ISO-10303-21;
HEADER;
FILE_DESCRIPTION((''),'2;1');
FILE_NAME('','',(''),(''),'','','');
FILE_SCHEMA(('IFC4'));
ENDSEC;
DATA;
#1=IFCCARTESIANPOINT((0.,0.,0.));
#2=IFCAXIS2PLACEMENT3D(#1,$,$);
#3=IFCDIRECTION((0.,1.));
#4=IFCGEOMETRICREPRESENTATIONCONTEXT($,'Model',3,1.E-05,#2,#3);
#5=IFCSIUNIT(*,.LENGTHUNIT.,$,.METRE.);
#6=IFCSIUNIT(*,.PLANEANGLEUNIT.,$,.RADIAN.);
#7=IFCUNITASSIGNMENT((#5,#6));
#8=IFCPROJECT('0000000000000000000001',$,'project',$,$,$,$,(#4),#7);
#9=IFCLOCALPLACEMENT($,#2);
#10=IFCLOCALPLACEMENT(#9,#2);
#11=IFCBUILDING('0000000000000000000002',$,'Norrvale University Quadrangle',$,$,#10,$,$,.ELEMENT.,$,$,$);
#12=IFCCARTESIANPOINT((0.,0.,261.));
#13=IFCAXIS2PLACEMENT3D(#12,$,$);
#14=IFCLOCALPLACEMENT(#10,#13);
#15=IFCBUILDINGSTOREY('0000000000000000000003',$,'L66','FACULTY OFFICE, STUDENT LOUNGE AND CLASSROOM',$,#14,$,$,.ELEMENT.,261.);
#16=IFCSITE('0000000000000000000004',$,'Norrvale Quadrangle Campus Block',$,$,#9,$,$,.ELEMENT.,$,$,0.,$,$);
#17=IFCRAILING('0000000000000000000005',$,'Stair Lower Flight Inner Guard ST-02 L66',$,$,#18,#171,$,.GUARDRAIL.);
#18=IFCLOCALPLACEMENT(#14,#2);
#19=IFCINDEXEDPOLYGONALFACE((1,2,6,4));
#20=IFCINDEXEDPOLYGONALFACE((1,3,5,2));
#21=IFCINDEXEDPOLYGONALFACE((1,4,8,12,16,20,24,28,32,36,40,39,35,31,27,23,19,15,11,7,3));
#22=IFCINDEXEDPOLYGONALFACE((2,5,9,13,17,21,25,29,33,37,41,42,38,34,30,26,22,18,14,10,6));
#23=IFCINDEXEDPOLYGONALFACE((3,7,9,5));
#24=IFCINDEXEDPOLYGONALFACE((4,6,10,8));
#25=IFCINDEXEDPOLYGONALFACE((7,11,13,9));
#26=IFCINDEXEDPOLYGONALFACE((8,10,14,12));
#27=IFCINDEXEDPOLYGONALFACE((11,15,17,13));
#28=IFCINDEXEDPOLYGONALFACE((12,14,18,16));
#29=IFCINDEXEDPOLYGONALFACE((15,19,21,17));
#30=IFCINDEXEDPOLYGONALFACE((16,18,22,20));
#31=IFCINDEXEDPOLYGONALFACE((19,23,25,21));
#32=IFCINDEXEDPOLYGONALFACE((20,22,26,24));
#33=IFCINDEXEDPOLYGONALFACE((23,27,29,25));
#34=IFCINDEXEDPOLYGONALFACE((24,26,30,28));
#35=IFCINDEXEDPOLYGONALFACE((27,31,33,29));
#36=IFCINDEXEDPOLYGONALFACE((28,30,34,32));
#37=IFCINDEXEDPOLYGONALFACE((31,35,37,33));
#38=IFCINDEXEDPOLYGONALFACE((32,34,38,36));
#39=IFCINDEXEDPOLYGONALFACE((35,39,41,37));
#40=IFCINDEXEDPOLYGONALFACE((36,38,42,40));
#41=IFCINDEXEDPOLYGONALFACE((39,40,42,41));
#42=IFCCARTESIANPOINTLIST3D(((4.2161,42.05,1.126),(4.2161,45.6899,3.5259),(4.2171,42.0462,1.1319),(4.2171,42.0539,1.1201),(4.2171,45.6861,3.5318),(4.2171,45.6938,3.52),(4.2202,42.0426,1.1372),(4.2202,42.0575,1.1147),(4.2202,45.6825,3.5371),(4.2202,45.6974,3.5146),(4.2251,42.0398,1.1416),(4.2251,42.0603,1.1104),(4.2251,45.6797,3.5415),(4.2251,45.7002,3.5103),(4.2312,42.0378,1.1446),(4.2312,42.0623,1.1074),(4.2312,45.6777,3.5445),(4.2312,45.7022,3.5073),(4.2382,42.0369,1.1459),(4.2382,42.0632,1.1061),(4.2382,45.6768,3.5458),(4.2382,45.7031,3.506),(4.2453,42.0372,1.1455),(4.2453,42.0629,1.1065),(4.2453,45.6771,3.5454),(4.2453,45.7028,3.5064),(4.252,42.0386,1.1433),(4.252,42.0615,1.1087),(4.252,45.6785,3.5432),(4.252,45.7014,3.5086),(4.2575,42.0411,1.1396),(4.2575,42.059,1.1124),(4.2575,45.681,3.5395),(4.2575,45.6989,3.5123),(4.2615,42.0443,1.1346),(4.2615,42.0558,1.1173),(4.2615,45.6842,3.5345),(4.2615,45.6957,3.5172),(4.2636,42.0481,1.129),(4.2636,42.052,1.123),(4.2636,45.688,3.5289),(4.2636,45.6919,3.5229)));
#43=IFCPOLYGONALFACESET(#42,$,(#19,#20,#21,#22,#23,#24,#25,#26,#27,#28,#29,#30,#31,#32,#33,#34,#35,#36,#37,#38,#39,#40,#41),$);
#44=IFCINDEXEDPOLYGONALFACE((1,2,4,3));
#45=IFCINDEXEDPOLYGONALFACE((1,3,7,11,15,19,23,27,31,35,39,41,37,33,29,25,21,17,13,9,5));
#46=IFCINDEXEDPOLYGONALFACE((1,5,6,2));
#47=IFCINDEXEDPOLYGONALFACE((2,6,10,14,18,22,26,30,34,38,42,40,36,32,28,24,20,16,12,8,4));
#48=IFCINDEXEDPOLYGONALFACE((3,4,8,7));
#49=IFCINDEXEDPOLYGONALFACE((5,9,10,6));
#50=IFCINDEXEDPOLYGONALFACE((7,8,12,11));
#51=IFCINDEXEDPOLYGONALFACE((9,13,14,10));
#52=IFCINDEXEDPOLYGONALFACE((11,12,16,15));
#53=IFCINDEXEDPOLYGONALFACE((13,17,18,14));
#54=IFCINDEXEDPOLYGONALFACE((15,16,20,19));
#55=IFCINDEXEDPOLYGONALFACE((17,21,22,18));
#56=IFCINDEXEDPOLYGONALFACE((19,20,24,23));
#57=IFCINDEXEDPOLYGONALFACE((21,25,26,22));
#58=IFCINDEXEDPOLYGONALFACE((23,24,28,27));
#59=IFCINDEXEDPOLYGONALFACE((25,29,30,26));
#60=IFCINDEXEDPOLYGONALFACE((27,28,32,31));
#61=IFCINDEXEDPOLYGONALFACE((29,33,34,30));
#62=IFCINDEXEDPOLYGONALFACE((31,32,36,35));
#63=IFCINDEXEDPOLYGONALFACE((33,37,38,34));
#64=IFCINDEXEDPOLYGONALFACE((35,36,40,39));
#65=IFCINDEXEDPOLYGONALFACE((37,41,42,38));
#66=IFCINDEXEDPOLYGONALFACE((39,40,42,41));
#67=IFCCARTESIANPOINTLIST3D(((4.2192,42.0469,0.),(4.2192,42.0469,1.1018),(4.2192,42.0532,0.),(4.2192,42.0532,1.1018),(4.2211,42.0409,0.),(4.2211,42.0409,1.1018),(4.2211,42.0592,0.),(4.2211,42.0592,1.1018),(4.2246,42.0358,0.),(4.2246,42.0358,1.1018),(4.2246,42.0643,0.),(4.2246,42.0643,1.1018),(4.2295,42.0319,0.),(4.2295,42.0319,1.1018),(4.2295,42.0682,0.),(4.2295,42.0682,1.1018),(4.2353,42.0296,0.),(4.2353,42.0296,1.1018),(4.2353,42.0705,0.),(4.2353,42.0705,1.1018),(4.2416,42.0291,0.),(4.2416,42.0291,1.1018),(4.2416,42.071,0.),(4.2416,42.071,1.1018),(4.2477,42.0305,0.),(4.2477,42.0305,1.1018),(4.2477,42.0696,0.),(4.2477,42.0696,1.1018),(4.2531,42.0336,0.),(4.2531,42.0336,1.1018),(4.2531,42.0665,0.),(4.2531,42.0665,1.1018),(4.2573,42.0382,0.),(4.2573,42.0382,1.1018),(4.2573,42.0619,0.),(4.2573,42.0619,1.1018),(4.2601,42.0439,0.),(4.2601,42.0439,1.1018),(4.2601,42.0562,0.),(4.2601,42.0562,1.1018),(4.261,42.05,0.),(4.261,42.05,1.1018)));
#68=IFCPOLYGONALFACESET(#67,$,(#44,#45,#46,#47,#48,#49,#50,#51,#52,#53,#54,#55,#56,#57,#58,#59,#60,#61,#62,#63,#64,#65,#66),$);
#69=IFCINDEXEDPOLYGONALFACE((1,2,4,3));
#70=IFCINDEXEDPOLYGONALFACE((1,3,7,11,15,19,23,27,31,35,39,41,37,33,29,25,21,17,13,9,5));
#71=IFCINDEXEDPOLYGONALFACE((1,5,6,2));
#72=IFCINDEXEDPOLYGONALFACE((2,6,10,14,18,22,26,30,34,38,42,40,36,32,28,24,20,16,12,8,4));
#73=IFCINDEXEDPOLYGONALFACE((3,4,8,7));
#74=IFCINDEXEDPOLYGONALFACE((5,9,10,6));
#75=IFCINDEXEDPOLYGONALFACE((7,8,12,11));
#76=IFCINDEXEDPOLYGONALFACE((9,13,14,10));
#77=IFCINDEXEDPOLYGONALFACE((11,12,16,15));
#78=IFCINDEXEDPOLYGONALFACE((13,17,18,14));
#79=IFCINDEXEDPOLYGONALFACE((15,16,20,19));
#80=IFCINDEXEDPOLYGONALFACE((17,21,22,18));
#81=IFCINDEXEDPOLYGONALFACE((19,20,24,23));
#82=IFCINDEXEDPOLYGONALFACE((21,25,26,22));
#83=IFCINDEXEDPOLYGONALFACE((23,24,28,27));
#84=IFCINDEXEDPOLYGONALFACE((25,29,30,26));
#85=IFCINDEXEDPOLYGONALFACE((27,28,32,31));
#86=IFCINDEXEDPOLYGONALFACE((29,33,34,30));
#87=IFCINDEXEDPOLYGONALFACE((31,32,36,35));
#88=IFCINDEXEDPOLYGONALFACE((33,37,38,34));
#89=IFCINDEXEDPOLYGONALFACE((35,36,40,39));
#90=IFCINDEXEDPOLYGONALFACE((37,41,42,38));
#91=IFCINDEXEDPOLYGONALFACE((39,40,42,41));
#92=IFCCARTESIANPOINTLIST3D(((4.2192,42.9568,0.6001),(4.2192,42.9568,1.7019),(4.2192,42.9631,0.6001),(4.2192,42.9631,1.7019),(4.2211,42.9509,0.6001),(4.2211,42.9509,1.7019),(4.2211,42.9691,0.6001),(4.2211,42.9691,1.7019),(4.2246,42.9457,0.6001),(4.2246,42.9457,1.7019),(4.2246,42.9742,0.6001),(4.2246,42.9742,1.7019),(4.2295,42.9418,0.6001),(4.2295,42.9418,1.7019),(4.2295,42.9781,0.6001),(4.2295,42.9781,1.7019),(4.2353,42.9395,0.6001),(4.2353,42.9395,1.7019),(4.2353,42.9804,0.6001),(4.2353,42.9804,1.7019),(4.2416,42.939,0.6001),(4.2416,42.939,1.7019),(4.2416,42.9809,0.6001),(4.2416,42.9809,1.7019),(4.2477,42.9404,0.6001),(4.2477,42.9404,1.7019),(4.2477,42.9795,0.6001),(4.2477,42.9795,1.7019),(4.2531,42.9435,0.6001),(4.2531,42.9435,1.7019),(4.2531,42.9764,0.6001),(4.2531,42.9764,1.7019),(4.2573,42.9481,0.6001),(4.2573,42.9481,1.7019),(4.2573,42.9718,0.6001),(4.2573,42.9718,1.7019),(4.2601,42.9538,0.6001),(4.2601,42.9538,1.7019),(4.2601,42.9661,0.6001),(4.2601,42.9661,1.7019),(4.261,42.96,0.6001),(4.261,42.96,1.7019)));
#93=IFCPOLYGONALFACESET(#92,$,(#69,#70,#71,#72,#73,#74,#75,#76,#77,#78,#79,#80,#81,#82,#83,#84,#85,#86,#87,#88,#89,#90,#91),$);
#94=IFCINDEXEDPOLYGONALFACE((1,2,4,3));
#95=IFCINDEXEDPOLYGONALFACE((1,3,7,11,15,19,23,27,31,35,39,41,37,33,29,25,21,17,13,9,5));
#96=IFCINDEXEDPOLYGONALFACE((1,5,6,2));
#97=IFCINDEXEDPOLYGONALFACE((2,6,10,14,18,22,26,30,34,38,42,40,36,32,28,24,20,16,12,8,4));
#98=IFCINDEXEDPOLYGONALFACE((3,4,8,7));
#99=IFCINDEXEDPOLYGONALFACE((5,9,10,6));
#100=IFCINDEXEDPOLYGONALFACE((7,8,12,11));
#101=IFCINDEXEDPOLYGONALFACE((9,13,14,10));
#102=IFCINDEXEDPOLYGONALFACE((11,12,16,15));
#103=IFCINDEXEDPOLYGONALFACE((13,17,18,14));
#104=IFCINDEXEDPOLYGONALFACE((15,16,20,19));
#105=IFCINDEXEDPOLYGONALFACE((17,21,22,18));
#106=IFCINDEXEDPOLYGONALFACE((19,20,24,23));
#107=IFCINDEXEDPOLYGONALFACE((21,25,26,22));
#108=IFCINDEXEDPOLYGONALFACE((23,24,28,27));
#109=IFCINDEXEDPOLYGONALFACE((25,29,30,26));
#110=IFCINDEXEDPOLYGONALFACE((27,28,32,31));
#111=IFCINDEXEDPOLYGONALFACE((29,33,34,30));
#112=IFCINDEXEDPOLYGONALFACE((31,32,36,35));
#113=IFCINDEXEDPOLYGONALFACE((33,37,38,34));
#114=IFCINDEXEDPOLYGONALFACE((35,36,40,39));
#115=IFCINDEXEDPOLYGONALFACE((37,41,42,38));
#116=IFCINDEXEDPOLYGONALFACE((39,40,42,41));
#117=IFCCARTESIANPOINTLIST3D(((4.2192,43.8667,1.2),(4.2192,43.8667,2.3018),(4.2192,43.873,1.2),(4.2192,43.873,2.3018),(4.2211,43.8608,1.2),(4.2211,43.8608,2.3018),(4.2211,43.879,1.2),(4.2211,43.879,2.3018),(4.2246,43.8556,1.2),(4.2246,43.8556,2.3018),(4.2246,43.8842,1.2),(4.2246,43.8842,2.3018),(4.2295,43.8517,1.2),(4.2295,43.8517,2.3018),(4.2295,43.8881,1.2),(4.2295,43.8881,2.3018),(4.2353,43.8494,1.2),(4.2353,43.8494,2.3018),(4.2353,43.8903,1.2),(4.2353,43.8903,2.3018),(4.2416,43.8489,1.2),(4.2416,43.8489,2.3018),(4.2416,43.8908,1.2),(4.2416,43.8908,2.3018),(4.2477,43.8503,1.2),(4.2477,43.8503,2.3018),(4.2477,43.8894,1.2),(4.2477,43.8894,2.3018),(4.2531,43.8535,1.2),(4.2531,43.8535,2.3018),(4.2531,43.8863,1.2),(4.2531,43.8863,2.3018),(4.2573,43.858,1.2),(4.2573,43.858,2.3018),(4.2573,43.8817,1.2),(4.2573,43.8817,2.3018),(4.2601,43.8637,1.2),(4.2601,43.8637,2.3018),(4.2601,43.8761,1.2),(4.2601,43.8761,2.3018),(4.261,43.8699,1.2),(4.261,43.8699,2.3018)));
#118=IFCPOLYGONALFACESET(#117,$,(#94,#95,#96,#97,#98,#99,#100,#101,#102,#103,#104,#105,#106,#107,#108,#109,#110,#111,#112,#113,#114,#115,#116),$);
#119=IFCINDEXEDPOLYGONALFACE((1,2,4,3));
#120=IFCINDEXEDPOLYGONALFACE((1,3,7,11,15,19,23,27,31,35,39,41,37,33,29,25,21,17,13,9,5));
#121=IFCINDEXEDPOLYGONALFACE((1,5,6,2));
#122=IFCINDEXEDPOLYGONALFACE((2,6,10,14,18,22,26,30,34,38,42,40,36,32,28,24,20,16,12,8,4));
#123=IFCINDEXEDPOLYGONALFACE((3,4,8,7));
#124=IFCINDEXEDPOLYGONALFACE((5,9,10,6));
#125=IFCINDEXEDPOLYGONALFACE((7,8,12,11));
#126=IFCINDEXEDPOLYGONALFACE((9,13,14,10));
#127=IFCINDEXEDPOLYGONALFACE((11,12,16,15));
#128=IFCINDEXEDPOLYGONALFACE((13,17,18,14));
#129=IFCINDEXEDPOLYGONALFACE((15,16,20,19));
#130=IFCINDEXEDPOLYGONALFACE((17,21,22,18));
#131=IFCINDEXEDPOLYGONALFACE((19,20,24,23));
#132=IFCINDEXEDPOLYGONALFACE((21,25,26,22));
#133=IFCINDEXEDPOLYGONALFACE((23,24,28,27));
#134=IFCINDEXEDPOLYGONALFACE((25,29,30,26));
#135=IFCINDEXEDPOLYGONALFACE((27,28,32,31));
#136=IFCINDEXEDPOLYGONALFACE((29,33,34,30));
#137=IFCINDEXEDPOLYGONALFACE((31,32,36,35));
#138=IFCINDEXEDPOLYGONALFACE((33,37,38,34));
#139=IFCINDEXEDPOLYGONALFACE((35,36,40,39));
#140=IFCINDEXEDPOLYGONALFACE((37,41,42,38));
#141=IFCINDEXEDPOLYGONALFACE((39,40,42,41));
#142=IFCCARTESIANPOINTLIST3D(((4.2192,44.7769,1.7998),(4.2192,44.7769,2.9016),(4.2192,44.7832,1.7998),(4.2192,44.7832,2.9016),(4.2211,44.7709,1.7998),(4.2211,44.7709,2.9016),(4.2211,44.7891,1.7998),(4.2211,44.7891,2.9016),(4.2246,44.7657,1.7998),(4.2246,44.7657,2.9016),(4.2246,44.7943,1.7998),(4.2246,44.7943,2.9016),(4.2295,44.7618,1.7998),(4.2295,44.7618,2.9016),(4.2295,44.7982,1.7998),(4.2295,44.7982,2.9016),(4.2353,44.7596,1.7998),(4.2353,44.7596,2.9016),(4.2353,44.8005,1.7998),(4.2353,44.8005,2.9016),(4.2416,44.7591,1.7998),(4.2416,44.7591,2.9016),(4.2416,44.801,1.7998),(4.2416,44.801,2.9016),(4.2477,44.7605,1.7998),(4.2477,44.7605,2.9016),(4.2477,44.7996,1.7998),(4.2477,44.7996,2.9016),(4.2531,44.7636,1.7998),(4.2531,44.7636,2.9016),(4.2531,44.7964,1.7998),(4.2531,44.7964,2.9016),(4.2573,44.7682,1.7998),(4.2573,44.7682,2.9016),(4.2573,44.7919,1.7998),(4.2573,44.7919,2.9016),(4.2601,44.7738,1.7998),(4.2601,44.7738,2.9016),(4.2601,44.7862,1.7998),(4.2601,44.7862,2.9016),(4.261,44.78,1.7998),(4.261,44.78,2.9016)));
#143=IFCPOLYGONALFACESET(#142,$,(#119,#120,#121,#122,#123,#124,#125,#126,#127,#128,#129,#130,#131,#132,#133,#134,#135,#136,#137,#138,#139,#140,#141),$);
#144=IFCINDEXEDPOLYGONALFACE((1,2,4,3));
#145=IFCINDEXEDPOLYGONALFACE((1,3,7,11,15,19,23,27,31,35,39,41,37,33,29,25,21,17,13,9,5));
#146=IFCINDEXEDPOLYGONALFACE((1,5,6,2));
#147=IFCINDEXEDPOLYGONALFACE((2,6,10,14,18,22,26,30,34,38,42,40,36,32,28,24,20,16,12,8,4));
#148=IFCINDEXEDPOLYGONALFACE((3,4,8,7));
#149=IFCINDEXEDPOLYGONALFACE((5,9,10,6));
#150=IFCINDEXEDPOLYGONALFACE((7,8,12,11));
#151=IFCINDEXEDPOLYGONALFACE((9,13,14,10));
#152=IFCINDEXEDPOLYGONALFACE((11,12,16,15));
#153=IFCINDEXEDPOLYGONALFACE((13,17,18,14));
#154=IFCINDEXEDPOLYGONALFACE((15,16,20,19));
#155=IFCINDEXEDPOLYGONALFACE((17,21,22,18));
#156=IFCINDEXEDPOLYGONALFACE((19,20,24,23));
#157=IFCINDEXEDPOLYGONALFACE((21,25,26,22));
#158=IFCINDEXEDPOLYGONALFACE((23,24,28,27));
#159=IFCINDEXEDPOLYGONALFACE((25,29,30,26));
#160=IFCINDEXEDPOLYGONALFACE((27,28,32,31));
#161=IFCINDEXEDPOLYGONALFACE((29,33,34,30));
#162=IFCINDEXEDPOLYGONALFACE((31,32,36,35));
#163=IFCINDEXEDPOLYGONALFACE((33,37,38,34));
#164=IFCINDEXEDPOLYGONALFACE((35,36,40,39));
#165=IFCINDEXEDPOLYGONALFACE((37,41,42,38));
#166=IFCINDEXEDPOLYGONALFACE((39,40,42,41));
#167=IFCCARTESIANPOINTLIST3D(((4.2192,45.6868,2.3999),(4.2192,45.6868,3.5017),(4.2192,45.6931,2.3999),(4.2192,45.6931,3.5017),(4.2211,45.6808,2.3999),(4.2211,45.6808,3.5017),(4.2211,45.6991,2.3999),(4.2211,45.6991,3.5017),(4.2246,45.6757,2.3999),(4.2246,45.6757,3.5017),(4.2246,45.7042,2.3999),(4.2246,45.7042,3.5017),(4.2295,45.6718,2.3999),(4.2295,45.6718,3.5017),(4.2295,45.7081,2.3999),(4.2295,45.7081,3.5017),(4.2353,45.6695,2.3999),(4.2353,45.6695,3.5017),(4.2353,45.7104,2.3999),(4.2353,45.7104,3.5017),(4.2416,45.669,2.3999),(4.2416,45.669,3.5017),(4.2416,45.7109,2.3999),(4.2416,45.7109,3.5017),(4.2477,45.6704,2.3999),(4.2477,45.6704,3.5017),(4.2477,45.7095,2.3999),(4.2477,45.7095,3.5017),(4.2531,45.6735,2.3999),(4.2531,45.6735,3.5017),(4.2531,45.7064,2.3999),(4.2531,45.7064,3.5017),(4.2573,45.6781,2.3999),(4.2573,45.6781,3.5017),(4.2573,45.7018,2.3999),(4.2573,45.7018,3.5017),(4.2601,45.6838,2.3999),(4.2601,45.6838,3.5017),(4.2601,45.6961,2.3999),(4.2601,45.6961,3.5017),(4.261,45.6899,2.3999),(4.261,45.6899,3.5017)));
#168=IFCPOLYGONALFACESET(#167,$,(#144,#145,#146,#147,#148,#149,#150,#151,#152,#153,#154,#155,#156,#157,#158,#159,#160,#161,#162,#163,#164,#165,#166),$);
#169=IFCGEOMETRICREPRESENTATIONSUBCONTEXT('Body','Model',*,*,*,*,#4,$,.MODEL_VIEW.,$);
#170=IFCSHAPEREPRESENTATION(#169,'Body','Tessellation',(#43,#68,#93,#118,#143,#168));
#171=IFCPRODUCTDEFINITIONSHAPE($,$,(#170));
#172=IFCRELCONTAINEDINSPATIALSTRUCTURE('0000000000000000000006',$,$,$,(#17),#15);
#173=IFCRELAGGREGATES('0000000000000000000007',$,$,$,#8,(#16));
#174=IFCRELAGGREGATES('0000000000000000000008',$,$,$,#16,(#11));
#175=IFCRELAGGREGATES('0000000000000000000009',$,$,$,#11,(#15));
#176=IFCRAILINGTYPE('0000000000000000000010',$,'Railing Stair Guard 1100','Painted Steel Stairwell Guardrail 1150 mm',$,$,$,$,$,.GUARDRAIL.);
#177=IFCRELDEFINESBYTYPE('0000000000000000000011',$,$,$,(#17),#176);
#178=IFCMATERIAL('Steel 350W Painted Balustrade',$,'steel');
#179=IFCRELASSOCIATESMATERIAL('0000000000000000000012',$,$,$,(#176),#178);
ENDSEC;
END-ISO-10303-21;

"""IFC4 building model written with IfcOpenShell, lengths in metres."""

from ifc_helpers import new_model, si_unit, direction, frame, origin, origin_2d, place, context, subcontext, project, spatial, circle, extrude, material, type_object, element, save


model = new_model("IFC4")

# Units and contexts
model_context = context("Model", 3, precision=1e-05, world=origin(), true_north=direction((0.0, 1.0)))
body_context = subcontext(model_context, "Body", "Model", "MODEL_VIEW")
ifc_project = project(units=[si_unit("LENGTHUNIT", "METRE"), si_unit("PLANEANGLEUNIT", "RADIAN")], contexts=[model_context])

# Site, building, storey
site_placement = place(None, origin())
site = spatial("IfcSite", under=ifc_project, at=site_placement, Name="Norrvale Quadrangle Campus Block", CompositionType="ELEMENT", RefElevation=0.0)
building_placement = place(site_placement, origin())
building = spatial("IfcBuilding", under=site, at=building_placement, Name="Norrvale University Quadrangle", CompositionType="ELEMENT")
storey_placement = place(building_placement, frame((0.0, 0.0, 261.0)))
storey = spatial("IfcBuildingStorey", under=building, at=storey_placement, Name="L66", Description="FACULTY OFFICE, STUDENT LOUNGE AND CLASSROOM", CompositionType="ELEMENT", Elevation=261.0)

# Railing
ifc_material_1 = material(Name="Steel 350W Painted Balustrade", Category="steel")
railing_type_1 = type_object("IfcRailingType", Name="Railing Stair Guard 1100", Description="Painted Steel Stairwell Guardrail 1150 mm", PredefinedType="GUARDRAIL", material=ifc_material_1)
railing_1_placement = place(storey_placement, frame((4.24, 42.05, 0.0)))
element("IfcRailing", 1, at=railing_1_placement, inside=storey, type_object=railing_type_1, Name="Stair Lower Flight Inner Guard ST-02 L66", PredefinedType="GUARDRAIL", context=body_context, shape_type="SweptSolid", body=[
    extrude(circle(Radius=0.0239, at=origin_2d()), frame((0.0, 0.0, 1.126), z_axis=(0.0, 0.834865, 0.550454), x_axis=(-1.0, 0.0, 0.0)), (0.0, 0.0, 1.0), 4.3599),
    extrude(circle(Radius=0.021, at=origin_2d()), origin(), (0.0, 0.0, 1.0), 1.1018),
    extrude(circle(Radius=0.021, at=origin_2d()), frame((0.0, 0.9099, 0.6001)), (0.0, 0.0, 1.0), 1.1018),
    extrude(circle(Radius=0.021, at=origin_2d()), frame((0.0, 1.8198, 1.2)), (0.0, 0.0, 1.0), 1.1018),
    extrude(circle(Radius=0.021, at=origin_2d()), frame((0.0, 2.73, 1.7998)), (0.0, 0.0, 1.0), 1.1018),
    extrude(circle(Radius=0.021, at=origin_2d()), frame((0.0, 3.6399, 2.3999)), (0.0, 0.0, 1.0), 1.1018),
])

save(model, "model.ifc")
